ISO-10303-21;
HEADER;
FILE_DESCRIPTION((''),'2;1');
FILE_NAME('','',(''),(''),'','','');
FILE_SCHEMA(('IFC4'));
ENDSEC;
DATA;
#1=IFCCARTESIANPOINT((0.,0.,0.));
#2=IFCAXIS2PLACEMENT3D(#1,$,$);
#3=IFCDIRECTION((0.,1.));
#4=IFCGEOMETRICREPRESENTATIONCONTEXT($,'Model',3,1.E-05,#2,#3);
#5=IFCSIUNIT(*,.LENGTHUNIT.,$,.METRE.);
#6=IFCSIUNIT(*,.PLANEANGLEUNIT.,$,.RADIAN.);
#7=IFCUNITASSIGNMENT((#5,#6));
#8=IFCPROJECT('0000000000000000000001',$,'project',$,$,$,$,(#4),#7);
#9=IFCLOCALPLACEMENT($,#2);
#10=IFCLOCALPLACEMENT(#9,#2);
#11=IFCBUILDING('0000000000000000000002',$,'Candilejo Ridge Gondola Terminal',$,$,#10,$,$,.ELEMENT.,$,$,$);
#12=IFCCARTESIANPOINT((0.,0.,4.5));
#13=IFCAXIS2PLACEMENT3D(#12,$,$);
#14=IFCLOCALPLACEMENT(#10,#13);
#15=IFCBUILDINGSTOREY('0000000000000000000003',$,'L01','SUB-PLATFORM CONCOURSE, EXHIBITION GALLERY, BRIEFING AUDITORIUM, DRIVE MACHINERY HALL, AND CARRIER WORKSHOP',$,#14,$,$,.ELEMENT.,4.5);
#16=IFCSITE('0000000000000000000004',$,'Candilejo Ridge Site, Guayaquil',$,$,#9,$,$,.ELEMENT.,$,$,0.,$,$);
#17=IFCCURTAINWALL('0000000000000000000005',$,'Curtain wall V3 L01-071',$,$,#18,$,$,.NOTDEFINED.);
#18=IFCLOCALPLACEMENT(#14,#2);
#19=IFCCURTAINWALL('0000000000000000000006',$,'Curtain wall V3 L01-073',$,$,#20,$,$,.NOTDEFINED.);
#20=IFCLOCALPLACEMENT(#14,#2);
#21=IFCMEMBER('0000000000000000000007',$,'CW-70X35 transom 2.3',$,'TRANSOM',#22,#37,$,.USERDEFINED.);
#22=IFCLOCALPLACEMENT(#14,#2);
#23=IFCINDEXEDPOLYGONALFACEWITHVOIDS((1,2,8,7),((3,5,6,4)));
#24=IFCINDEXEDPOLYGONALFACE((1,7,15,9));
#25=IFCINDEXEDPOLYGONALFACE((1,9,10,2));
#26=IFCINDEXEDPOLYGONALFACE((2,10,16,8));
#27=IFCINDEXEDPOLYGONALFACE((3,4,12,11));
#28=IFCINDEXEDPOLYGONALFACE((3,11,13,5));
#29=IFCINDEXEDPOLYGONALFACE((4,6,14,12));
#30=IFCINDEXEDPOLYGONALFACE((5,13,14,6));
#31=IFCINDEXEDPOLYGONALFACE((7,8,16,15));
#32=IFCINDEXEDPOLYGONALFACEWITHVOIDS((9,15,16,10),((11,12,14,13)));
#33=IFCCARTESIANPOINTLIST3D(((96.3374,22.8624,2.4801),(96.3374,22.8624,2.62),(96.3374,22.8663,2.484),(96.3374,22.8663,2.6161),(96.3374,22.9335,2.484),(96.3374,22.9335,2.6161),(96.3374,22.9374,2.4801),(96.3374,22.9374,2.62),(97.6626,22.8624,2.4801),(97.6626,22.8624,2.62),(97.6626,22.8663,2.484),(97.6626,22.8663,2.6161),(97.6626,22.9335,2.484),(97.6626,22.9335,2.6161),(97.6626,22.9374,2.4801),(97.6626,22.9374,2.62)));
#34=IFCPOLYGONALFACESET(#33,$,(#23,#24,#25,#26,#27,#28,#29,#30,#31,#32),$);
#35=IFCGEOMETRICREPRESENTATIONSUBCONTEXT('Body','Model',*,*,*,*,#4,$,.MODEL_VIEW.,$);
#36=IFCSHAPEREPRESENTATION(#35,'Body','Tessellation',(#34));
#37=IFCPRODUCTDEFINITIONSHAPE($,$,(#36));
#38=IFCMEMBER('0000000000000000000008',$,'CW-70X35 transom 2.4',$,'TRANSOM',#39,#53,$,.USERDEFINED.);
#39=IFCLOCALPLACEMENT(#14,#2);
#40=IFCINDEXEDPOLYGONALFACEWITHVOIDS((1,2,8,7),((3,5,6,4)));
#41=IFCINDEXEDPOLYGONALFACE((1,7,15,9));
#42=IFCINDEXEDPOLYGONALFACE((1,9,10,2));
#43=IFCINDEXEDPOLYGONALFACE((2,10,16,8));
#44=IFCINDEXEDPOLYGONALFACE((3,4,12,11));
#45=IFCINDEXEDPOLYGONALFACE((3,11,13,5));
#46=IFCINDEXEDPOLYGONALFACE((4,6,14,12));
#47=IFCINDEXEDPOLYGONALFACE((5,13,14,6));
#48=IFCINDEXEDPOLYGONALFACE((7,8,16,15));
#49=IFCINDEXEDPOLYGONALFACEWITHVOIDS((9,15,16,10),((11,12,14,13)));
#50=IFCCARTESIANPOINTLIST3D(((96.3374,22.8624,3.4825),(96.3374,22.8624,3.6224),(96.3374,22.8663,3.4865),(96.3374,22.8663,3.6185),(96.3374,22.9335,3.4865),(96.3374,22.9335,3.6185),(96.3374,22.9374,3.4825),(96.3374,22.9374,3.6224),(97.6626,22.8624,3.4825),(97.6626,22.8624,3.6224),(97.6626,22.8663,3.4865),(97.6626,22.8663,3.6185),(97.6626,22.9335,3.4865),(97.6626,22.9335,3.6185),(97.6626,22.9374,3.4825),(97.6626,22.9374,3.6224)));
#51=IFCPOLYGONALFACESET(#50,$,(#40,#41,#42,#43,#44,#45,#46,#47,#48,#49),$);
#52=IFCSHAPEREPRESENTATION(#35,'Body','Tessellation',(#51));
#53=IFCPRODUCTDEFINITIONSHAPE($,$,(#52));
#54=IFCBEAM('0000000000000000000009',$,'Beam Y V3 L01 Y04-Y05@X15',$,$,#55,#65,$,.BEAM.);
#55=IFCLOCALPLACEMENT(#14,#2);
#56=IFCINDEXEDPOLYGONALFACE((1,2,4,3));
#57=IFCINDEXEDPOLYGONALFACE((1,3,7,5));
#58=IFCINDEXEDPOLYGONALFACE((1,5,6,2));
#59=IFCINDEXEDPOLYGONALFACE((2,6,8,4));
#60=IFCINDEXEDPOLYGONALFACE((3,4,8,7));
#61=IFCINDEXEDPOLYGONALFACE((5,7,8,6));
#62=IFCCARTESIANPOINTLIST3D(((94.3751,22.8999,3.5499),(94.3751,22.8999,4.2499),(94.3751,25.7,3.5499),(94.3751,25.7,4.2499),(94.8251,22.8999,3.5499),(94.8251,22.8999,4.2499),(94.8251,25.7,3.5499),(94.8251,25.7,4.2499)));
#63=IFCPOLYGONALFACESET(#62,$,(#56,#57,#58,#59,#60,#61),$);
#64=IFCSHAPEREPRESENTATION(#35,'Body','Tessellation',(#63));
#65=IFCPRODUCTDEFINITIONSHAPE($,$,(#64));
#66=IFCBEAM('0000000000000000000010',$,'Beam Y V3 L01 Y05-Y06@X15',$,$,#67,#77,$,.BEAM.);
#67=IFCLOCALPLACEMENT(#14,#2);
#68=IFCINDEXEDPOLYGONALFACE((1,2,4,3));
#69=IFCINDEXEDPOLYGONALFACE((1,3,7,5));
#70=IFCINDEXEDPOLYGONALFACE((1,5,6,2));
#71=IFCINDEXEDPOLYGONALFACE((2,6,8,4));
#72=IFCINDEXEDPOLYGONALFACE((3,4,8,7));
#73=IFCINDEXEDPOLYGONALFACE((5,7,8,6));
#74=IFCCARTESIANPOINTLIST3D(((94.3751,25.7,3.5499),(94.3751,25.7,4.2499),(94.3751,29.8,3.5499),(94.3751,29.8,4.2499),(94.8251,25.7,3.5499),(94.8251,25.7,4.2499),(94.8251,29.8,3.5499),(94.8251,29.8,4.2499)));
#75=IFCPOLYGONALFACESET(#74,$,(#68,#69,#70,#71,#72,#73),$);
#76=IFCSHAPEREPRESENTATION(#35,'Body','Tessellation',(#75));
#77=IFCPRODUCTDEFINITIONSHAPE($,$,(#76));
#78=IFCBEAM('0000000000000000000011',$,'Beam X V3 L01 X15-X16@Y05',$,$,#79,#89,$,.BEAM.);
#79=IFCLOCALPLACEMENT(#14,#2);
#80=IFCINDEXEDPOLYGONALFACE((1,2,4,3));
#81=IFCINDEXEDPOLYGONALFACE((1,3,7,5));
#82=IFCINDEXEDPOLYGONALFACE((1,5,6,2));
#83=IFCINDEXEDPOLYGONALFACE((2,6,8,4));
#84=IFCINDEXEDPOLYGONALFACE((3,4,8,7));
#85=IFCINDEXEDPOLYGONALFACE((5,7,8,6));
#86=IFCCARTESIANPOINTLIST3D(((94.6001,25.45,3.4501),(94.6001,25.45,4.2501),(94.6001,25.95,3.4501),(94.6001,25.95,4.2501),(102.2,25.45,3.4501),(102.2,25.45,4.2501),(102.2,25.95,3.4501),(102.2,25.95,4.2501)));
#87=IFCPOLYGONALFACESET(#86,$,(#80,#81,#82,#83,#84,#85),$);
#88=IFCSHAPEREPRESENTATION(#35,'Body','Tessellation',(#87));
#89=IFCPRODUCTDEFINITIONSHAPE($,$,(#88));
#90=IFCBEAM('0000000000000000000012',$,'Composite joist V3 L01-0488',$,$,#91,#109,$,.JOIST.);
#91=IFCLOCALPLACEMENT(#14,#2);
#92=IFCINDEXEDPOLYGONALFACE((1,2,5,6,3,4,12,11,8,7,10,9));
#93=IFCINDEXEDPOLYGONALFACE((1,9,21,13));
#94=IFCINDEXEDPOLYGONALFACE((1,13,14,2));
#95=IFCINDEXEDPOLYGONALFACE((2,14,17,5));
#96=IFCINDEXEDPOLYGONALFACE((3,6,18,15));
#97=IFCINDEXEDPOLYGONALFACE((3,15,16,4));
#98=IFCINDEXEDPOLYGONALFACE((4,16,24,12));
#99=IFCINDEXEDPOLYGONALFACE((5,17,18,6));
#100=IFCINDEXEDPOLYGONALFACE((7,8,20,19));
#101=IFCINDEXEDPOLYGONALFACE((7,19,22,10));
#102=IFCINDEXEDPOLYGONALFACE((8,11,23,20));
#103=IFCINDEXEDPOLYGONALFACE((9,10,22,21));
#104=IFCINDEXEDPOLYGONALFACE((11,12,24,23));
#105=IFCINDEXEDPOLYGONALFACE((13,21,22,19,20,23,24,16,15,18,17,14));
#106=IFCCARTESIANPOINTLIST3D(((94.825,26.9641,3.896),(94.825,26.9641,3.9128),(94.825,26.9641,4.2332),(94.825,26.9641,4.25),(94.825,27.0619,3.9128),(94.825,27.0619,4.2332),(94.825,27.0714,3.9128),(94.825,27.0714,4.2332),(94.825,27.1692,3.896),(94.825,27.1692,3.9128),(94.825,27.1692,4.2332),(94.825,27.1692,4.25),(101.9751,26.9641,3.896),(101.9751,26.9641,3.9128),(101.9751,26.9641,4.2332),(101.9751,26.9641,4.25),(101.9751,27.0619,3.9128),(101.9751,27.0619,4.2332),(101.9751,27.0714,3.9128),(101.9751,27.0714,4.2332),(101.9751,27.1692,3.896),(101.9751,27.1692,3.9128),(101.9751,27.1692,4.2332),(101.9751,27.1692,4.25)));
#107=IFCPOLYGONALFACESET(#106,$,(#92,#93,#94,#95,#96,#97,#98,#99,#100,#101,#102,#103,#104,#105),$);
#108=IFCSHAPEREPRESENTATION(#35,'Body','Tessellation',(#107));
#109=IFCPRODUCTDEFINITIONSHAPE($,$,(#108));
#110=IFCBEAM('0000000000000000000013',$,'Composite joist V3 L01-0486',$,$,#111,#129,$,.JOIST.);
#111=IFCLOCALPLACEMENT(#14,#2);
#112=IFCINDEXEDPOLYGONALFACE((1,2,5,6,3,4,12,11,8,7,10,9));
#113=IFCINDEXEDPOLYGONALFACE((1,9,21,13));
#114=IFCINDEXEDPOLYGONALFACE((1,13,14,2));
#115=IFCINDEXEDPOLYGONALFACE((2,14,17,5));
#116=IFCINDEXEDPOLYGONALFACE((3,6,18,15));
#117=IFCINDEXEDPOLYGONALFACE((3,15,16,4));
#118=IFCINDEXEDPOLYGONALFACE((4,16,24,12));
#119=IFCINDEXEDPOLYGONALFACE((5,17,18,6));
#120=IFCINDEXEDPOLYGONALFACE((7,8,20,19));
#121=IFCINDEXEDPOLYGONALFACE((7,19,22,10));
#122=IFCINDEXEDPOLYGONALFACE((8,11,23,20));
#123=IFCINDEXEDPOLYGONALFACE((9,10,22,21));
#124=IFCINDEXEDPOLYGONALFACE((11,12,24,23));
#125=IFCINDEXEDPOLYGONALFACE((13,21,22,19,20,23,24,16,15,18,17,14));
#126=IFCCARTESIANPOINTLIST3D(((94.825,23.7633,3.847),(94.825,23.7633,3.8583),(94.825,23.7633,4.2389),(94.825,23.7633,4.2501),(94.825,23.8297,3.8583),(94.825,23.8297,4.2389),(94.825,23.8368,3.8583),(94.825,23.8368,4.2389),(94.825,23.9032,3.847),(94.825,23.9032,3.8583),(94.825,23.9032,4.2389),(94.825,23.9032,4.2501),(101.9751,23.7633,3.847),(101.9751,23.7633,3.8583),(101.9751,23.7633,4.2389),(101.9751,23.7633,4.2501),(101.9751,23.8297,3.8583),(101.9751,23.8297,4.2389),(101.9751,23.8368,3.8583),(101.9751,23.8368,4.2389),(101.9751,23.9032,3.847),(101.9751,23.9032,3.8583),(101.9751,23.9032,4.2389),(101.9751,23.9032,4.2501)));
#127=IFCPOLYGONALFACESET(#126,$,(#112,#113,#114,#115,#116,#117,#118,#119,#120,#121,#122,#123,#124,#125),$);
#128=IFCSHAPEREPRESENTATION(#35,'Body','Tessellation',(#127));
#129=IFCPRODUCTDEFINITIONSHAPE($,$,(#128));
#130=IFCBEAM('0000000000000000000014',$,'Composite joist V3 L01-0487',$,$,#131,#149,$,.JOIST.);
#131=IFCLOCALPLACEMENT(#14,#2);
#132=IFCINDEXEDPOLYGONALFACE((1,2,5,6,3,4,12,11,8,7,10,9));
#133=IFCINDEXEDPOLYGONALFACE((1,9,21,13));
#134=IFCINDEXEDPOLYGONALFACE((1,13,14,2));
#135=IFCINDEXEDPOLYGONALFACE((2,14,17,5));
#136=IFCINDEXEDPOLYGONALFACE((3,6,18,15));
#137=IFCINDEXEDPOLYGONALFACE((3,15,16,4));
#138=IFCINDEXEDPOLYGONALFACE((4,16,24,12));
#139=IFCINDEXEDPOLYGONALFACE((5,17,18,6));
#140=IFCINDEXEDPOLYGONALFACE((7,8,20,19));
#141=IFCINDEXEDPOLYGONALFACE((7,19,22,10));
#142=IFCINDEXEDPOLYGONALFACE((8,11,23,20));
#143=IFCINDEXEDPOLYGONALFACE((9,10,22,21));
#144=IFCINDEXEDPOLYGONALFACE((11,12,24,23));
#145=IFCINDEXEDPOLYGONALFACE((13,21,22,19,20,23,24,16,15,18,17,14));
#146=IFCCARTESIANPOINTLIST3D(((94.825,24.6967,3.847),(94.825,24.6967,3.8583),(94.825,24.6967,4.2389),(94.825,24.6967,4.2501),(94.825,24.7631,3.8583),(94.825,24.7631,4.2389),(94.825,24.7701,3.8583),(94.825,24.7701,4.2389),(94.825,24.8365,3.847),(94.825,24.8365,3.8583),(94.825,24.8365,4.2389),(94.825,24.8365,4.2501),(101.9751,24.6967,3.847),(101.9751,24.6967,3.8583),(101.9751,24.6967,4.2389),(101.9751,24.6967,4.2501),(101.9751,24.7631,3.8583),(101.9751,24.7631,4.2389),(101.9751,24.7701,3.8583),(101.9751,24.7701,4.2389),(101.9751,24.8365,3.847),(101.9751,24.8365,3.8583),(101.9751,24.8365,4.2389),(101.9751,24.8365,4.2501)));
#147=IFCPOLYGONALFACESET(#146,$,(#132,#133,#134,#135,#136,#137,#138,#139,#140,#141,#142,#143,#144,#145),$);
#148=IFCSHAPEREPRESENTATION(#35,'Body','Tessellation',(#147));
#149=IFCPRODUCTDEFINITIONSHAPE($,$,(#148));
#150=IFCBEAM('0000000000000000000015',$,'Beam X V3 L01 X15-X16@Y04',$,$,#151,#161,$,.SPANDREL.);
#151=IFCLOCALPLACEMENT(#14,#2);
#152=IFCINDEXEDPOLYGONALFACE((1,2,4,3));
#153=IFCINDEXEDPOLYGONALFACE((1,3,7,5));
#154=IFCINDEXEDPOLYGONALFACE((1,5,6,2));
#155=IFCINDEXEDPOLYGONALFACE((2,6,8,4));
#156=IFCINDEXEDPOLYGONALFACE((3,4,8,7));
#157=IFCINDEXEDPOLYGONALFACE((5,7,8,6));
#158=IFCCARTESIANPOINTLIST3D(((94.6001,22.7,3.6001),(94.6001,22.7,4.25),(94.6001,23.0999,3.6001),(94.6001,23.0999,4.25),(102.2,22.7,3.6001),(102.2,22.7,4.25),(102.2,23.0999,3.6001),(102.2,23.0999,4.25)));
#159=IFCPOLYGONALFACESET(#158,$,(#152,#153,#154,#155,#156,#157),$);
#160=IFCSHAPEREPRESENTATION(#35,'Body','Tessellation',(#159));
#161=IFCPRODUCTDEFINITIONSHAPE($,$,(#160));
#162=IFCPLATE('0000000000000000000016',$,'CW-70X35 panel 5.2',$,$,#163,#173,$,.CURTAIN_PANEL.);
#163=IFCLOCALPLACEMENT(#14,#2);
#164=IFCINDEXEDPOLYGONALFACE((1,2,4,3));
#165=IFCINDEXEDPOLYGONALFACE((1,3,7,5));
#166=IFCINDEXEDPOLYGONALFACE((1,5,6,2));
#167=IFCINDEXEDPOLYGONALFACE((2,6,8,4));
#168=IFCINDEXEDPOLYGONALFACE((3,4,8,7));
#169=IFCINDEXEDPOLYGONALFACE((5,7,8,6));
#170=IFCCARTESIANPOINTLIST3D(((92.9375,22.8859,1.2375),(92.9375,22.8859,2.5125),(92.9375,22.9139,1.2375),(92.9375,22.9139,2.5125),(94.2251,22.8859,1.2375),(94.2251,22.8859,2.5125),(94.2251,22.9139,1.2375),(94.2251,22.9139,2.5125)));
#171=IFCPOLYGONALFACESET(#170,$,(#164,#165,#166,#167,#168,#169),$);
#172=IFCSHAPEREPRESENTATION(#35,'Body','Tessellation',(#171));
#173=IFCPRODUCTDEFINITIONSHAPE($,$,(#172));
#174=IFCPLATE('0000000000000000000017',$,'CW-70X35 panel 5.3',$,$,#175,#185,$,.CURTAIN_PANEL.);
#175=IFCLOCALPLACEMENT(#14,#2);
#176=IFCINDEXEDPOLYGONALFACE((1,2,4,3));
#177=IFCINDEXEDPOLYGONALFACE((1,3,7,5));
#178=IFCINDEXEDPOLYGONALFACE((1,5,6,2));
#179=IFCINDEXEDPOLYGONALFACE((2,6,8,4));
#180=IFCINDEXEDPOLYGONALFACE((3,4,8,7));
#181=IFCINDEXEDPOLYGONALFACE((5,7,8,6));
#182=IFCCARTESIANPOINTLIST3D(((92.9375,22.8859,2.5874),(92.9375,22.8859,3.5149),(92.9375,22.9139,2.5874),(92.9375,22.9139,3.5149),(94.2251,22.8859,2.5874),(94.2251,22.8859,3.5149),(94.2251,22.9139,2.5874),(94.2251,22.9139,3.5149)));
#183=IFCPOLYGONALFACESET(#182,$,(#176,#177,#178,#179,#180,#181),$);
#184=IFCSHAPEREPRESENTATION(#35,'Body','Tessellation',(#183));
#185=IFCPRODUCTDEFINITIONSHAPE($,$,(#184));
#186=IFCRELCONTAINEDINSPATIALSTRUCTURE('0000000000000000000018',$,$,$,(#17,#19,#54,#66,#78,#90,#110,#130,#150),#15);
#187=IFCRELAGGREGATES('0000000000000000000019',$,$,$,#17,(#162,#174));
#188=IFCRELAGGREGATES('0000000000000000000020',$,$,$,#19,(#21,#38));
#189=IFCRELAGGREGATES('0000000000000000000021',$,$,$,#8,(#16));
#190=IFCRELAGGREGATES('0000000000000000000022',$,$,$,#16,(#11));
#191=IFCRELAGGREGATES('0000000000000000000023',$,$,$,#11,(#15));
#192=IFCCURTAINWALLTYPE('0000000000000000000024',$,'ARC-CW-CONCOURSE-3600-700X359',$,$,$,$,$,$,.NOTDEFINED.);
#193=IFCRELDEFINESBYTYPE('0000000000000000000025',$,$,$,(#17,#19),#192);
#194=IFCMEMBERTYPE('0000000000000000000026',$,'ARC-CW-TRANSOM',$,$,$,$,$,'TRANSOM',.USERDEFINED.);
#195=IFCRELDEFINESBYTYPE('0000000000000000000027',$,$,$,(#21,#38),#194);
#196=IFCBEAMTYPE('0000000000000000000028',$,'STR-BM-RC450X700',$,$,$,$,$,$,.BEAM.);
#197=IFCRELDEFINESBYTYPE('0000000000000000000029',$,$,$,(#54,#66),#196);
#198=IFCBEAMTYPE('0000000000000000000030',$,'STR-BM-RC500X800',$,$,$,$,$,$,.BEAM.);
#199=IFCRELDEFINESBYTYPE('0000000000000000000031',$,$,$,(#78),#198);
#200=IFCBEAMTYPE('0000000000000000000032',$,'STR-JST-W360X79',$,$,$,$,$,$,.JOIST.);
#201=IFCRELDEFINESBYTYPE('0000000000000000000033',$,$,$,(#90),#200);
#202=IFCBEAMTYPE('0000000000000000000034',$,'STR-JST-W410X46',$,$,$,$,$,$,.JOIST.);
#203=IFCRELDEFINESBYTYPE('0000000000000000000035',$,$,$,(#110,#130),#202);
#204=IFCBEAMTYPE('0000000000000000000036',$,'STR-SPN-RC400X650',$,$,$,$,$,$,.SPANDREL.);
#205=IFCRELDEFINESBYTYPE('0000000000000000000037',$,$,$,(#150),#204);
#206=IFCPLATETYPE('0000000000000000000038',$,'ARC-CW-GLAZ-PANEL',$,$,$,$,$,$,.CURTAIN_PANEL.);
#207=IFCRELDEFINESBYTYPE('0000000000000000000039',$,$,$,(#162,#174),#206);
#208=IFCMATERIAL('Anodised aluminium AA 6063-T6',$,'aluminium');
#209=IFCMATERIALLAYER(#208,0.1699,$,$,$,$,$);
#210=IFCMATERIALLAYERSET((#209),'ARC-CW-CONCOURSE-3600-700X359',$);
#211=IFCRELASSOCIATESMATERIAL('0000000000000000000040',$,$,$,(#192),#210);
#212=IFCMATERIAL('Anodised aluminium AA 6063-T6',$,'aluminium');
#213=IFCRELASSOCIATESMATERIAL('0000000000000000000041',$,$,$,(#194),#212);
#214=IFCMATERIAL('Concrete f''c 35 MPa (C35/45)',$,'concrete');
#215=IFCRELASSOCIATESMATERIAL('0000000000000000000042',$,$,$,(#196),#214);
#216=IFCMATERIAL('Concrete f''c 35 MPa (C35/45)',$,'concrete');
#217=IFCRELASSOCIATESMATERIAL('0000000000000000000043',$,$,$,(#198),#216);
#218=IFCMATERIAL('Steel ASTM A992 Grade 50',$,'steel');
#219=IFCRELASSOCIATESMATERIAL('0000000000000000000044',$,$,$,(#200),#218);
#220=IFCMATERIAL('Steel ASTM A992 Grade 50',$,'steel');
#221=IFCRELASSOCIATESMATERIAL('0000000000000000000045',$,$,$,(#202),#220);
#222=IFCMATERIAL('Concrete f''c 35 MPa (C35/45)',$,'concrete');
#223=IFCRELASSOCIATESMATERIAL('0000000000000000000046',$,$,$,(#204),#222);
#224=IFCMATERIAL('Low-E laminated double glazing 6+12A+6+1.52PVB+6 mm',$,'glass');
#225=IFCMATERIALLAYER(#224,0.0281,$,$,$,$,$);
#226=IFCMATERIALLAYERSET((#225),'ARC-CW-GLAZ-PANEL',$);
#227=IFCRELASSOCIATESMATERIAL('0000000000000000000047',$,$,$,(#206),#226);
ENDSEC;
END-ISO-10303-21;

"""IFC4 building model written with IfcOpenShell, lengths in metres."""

from ifc_helpers import new_model, si_unit, direction, frame, origin, origin_2d, place, context, subcontext, project, spatial, rectangle, hollow_rectangle, i_section, extrude, material, layer, layer_set, material_profile, profile_set, type_object, element, aggregate, save


model = new_model("IFC4")

# Units and contexts
model_context = context("Model", 3, precision=1e-05, world=origin(), true_north=direction((0.0, 1.0)))
body_context = subcontext(model_context, "Body", "Model", "MODEL_VIEW")
ifc_project = project(units=[si_unit("LENGTHUNIT", "METRE"), si_unit("PLANEANGLEUNIT", "RADIAN")], contexts=[model_context])

# Site, building, storey
site_placement = place(None, origin())
site = spatial("IfcSite", under=ifc_project, at=site_placement, Name="Candilejo Ridge Site, Guayaquil", CompositionType="ELEMENT", RefElevation=0.0)
building_placement = place(site_placement, origin())
building = spatial("IfcBuilding", under=site, at=building_placement, Name="Candilejo Ridge Gondola Terminal", CompositionType="ELEMENT")
storey_placement = place(building_placement, frame((0.0, 0.0, 4.5)))
storey = spatial("IfcBuildingStorey", under=building, at=storey_placement, Name="L01", Description="SUB-PLATFORM CONCOURSE, EXHIBITION GALLERY, BRIEFING AUDITORIUM, DRIVE MACHINERY HALL, AND CARRIER WORKSHOP", CompositionType="ELEMENT", Elevation=4.5)

# Curtain wall
ifc_material_1 = material(Name="Anodised aluminium AA 6063-T6", Category="aluminium")
ifc_layer_1 = layer(ifc_material_1, 0.1699)
ifc_layer_set_1 = layer_set([ifc_layer_1], Name="ARC-CW-CONCOURSE-3600-700X359")
curtain_wall_type = type_object("IfcCurtainWallType", Name="ARC-CW-CONCOURSE-3600-700X359", PredefinedType="NOTDEFINED", material=ifc_layer_set_1)
curtain_wall_1_placement = place(storey_placement, origin())
curtain_wall_1 = element("IfcCurtainWall", 1, at=curtain_wall_1_placement, inside=storey, type_object=curtain_wall_type, Name="Curtain wall V3 L01-071", PredefinedType="NOTDEFINED")

# Curtain wall, members
curtain_wall_2_placement = place(storey_placement, origin())
curtain_wall_2 = element("IfcCurtainWall", 2, at=curtain_wall_2_placement, inside=storey, type_object=curtain_wall_type, Name="Curtain wall V3 L01-073", PredefinedType="NOTDEFINED")
ifc_material_2 = material(Name="Anodised aluminium AA 6063-T6", Category="aluminium")
ifc_material_profile_1 = material_profile(ifc_material_2, hollow_rectangle(XDim=0.075, YDim=0.1399, WallThickness=0.0039, at=origin_2d()))
ifc_profile_set_1 = profile_set([ifc_material_profile_1], Name="Anodised aluminium AA 6063-T6")
member_type_1 = type_object("IfcMemberType", Name="ARC-CW-TRANSOM", ElementType="TRANSOM", PredefinedType="USERDEFINED", material=ifc_profile_set_1)
member_1_placement = place(storey_placement, frame((96.3374, 22.8999, 2.55), z_axis=(1.0, 0.0, 0.0), x_axis=(0.0, 1.0, 0.0)))
member_1 = element("IfcMember", 3, at=member_1_placement, type_object=member_type_1, Name="CW-70X35 transom 2.3", ObjectType="TRANSOM", PredefinedType="USERDEFINED", context=body_context, shape_type="SweptSolid", body=[
    extrude(hollow_rectangle(XDim=0.075, YDim=0.1399, WallThickness=0.0039, at=origin_2d()), origin(), (0.0, 0.0, 1.0), 1.3252),
])
member_2_placement = place(storey_placement, frame((96.3374, 22.8999, 3.5525), z_axis=(1.0, 0.0, 0.0), x_axis=(0.0, 1.0, 0.0)))
member_2 = element("IfcMember", 4, at=member_2_placement, type_object=member_type_1, Name="CW-70X35 transom 2.4", ObjectType="TRANSOM", PredefinedType="USERDEFINED", context=body_context, shape_type="SweptSolid", body=[
    extrude(hollow_rectangle(XDim=0.075, YDim=0.1399, WallThickness=0.0039, at=origin_2d()), origin(), (0.0, 0.0, 1.0), 1.3252),
])

# Beams
ifc_material_3 = material(Name="Concrete f'c 35 MPa (C35/45)", Category="concrete")
ifc_material_profile_2 = material_profile(ifc_material_3, rectangle(XDim=0.45, YDim=0.7, at=origin_2d()))
ifc_profile_set_2 = profile_set([ifc_material_profile_2], Name="Concrete f'c 35 MPa (C35/45)")
beam_type_1 = type_object("IfcBeamType", Name="STR-BM-RC450X700", PredefinedType="BEAM", material=ifc_profile_set_2)
beam_1_placement = place(storey_placement, frame((94.6001, 22.8999, 3.8999), z_axis=(0.0, 1.0, 0.0), x_axis=(-1.0, 0.0, 0.0)))
element("IfcBeam", 5, at=beam_1_placement, inside=storey, type_object=beam_type_1, Name="Beam Y V3 L01 Y04-Y05@X15", PredefinedType="BEAM", context=body_context, shape_type="SweptSolid", body=[
    extrude(rectangle(XDim=0.45, YDim=0.7, at=origin_2d()), origin(), (0.0, 0.0, 1.0), 2.8),
])
beam_2_placement = place(storey_placement, frame((94.6001, 25.7, 3.8999), z_axis=(0.0, 1.0, 0.0), x_axis=(-1.0, 0.0, 0.0)))
element("IfcBeam", 6, at=beam_2_placement, inside=storey, type_object=beam_type_1, Name="Beam Y V3 L01 Y05-Y06@X15", PredefinedType="BEAM", context=body_context, shape_type="SweptSolid", body=[
    extrude(rectangle(XDim=0.45, YDim=0.7, at=origin_2d()), origin(), (0.0, 0.0, 1.0), 4.1001),
])
ifc_material_4 = material(Name="Concrete f'c 35 MPa (C35/45)", Category="concrete")
ifc_material_profile_3 = material_profile(ifc_material_4, rectangle(XDim=0.5, YDim=0.8, at=origin_2d()))
ifc_profile_set_3 = profile_set([ifc_material_profile_3], Name="Concrete f'c 35 MPa (C35/45)")
beam_type_2 = type_object("IfcBeamType", Name="STR-BM-RC500X800", PredefinedType="BEAM", material=ifc_profile_set_3)
beam_3_placement = place(storey_placement, frame((94.6001, 25.7, 3.8501), z_axis=(1.0, 0.0, 0.0), x_axis=(0.0, 1.0, 0.0)))
element("IfcBeam", 7, at=beam_3_placement, inside=storey, type_object=beam_type_2, Name="Beam X V3 L01 X15-X16@Y05", PredefinedType="BEAM", context=body_context, shape_type="SweptSolid", body=[
    extrude(rectangle(XDim=0.5, YDim=0.8, at=origin_2d()), origin(), (0.0, 0.0, 1.0), 7.5999),
])
ifc_material_5 = material(Name="Steel ASTM A992 Grade 50", Category="steel")
ifc_material_profile_4 = material_profile(ifc_material_5, i_section(OverallWidth=0.2051, OverallDepth=0.354, WebThickness=0.0095, FlangeThickness=0.0168, at=origin_2d()))
ifc_profile_set_4 = profile_set([ifc_material_profile_4], Name="Steel ASTM A992 Grade 50")
beam_type_3 = type_object("IfcBeamType", Name="STR-JST-W360X79", PredefinedType="JOIST", material=ifc_profile_set_4)
beam_4_placement = place(storey_placement, frame((94.825, 27.0667, 4.073), z_axis=(1.0, 0.0, 0.0), x_axis=(0.0, 1.0, 0.0)))
element("IfcBeam", 8, at=beam_4_placement, inside=storey, type_object=beam_type_3, Name="Composite joist V3 L01-0488", PredefinedType="JOIST", context=body_context, shape_type="SweptSolid", body=[
    extrude(i_section(OverallWidth=0.2051, OverallDepth=0.354, WebThickness=0.0095, FlangeThickness=0.0168, at=origin_2d()), origin(), (0.0, 0.0, 1.0), 7.1501),
])
ifc_material_6 = material(Name="Steel ASTM A992 Grade 50", Category="steel")
ifc_material_profile_5 = material_profile(ifc_material_6, i_section(OverallWidth=0.1399, OverallDepth=0.4031, WebThickness=0.0071, FlangeThickness=0.0112, at=origin_2d()))
ifc_profile_set_5 = profile_set([ifc_material_profile_5], Name="Steel ASTM A992 Grade 50")
beam_type_4 = type_object("IfcBeamType", Name="STR-JST-W410X46", PredefinedType="JOIST", material=ifc_profile_set_5)
for number, where, z_axis, x_axis, name in (
    (9, (94.825, 23.8333, 4.0486), (1.0, 0.0, 0.0), (0.0, 1.0, 0.0), "Composite joist V3 L01-0486"),
    (10, (94.825, 24.7666, 4.0486), (1.0, 0.0, 0.0), (0.0, 1.0, 0.0), "Composite joist V3 L01-0487"),
):
    element("IfcBeam", number, at=place(storey_placement, frame(where, z_axis=z_axis, x_axis=x_axis)), inside=storey, type_object=beam_type_4, Name=name, PredefinedType="JOIST", context=body_context, shape_type="SweptSolid", body=[
        extrude(i_section(OverallWidth=0.1399, OverallDepth=0.4031, WebThickness=0.0071, FlangeThickness=0.0112, at=origin_2d()), origin(), (0.0, 0.0, 1.0), 7.1501),
    ])
ifc_material_7 = material(Name="Concrete f'c 35 MPa (C35/45)", Category="concrete")
ifc_material_profile_6 = material_profile(ifc_material_7, rectangle(XDim=0.3999, YDim=0.6499, at=origin_2d()))
ifc_profile_set_6 = profile_set([ifc_material_profile_6], Name="Concrete f'c 35 MPa (C35/45)")
beam_type_5 = type_object("IfcBeamType", Name="STR-SPN-RC400X650", PredefinedType="SPANDREL", material=ifc_profile_set_6)
beam_5_placement = place(storey_placement, frame((94.6001, 22.8999, 3.925), z_axis=(1.0, 0.0, 0.0), x_axis=(0.0, 1.0, 0.0)))
element("IfcBeam", 11, at=beam_5_placement, inside=storey, type_object=beam_type_5, Name="Beam X V3 L01 X15-X16@Y04", PredefinedType="SPANDREL", context=body_context, shape_type="SweptSolid", body=[
    extrude(rectangle(XDim=0.3999, YDim=0.6499, at=origin_2d()), origin(), (0.0, 0.0, 1.0), 7.5999),
])

# Plates
ifc_material_8 = material(Name="Low-E laminated double glazing 6+12A+6+1.52PVB+6 mm", Category="glass")
ifc_layer_2 = layer(ifc_material_8, 0.0281)
ifc_layer_set_2 = layer_set([ifc_layer_2], Name="ARC-CW-GLAZ-PANEL")
plate_type = type_object("IfcPlateType", Name="ARC-CW-GLAZ-PANEL", PredefinedType="CURTAIN_PANEL", material=ifc_layer_set_2)
plate_1_placement = place(storey_placement, frame((93.5813, 22.8999, 1.2375), z_axis=(0.0, 0.0, 1.0), x_axis=(1.0, 0.0, 0.0)))
plate_1 = element("IfcPlate", 12, at=plate_1_placement, type_object=plate_type, Name="CW-70X35 panel 5.2", PredefinedType="CURTAIN_PANEL", context=body_context, shape_type="SweptSolid", body=[
    extrude(rectangle(XDim=1.2876, YDim=0.0281, at=origin_2d()), origin(), (0.0, 0.0, 1.0), 1.2749),
])
plate_2_placement = place(storey_placement, frame((93.5813, 22.8999, 2.5874), z_axis=(0.0, 0.0, 1.0), x_axis=(1.0, 0.0, 0.0)))
plate_2 = element("IfcPlate", 13, at=plate_2_placement, type_object=plate_type, Name="CW-70X35 panel 5.3", PredefinedType="CURTAIN_PANEL", context=body_context, shape_type="SweptSolid", body=[
    extrude(rectangle(XDim=1.2876, YDim=0.0281, at=origin_2d()), origin(), (0.0, 0.0, 1.0), 0.9275),
])
aggregate(curtain_wall_1, [plate_1, plate_2])
aggregate(curtain_wall_2, [member_1, member_2])

save(model, "model.ifc")
